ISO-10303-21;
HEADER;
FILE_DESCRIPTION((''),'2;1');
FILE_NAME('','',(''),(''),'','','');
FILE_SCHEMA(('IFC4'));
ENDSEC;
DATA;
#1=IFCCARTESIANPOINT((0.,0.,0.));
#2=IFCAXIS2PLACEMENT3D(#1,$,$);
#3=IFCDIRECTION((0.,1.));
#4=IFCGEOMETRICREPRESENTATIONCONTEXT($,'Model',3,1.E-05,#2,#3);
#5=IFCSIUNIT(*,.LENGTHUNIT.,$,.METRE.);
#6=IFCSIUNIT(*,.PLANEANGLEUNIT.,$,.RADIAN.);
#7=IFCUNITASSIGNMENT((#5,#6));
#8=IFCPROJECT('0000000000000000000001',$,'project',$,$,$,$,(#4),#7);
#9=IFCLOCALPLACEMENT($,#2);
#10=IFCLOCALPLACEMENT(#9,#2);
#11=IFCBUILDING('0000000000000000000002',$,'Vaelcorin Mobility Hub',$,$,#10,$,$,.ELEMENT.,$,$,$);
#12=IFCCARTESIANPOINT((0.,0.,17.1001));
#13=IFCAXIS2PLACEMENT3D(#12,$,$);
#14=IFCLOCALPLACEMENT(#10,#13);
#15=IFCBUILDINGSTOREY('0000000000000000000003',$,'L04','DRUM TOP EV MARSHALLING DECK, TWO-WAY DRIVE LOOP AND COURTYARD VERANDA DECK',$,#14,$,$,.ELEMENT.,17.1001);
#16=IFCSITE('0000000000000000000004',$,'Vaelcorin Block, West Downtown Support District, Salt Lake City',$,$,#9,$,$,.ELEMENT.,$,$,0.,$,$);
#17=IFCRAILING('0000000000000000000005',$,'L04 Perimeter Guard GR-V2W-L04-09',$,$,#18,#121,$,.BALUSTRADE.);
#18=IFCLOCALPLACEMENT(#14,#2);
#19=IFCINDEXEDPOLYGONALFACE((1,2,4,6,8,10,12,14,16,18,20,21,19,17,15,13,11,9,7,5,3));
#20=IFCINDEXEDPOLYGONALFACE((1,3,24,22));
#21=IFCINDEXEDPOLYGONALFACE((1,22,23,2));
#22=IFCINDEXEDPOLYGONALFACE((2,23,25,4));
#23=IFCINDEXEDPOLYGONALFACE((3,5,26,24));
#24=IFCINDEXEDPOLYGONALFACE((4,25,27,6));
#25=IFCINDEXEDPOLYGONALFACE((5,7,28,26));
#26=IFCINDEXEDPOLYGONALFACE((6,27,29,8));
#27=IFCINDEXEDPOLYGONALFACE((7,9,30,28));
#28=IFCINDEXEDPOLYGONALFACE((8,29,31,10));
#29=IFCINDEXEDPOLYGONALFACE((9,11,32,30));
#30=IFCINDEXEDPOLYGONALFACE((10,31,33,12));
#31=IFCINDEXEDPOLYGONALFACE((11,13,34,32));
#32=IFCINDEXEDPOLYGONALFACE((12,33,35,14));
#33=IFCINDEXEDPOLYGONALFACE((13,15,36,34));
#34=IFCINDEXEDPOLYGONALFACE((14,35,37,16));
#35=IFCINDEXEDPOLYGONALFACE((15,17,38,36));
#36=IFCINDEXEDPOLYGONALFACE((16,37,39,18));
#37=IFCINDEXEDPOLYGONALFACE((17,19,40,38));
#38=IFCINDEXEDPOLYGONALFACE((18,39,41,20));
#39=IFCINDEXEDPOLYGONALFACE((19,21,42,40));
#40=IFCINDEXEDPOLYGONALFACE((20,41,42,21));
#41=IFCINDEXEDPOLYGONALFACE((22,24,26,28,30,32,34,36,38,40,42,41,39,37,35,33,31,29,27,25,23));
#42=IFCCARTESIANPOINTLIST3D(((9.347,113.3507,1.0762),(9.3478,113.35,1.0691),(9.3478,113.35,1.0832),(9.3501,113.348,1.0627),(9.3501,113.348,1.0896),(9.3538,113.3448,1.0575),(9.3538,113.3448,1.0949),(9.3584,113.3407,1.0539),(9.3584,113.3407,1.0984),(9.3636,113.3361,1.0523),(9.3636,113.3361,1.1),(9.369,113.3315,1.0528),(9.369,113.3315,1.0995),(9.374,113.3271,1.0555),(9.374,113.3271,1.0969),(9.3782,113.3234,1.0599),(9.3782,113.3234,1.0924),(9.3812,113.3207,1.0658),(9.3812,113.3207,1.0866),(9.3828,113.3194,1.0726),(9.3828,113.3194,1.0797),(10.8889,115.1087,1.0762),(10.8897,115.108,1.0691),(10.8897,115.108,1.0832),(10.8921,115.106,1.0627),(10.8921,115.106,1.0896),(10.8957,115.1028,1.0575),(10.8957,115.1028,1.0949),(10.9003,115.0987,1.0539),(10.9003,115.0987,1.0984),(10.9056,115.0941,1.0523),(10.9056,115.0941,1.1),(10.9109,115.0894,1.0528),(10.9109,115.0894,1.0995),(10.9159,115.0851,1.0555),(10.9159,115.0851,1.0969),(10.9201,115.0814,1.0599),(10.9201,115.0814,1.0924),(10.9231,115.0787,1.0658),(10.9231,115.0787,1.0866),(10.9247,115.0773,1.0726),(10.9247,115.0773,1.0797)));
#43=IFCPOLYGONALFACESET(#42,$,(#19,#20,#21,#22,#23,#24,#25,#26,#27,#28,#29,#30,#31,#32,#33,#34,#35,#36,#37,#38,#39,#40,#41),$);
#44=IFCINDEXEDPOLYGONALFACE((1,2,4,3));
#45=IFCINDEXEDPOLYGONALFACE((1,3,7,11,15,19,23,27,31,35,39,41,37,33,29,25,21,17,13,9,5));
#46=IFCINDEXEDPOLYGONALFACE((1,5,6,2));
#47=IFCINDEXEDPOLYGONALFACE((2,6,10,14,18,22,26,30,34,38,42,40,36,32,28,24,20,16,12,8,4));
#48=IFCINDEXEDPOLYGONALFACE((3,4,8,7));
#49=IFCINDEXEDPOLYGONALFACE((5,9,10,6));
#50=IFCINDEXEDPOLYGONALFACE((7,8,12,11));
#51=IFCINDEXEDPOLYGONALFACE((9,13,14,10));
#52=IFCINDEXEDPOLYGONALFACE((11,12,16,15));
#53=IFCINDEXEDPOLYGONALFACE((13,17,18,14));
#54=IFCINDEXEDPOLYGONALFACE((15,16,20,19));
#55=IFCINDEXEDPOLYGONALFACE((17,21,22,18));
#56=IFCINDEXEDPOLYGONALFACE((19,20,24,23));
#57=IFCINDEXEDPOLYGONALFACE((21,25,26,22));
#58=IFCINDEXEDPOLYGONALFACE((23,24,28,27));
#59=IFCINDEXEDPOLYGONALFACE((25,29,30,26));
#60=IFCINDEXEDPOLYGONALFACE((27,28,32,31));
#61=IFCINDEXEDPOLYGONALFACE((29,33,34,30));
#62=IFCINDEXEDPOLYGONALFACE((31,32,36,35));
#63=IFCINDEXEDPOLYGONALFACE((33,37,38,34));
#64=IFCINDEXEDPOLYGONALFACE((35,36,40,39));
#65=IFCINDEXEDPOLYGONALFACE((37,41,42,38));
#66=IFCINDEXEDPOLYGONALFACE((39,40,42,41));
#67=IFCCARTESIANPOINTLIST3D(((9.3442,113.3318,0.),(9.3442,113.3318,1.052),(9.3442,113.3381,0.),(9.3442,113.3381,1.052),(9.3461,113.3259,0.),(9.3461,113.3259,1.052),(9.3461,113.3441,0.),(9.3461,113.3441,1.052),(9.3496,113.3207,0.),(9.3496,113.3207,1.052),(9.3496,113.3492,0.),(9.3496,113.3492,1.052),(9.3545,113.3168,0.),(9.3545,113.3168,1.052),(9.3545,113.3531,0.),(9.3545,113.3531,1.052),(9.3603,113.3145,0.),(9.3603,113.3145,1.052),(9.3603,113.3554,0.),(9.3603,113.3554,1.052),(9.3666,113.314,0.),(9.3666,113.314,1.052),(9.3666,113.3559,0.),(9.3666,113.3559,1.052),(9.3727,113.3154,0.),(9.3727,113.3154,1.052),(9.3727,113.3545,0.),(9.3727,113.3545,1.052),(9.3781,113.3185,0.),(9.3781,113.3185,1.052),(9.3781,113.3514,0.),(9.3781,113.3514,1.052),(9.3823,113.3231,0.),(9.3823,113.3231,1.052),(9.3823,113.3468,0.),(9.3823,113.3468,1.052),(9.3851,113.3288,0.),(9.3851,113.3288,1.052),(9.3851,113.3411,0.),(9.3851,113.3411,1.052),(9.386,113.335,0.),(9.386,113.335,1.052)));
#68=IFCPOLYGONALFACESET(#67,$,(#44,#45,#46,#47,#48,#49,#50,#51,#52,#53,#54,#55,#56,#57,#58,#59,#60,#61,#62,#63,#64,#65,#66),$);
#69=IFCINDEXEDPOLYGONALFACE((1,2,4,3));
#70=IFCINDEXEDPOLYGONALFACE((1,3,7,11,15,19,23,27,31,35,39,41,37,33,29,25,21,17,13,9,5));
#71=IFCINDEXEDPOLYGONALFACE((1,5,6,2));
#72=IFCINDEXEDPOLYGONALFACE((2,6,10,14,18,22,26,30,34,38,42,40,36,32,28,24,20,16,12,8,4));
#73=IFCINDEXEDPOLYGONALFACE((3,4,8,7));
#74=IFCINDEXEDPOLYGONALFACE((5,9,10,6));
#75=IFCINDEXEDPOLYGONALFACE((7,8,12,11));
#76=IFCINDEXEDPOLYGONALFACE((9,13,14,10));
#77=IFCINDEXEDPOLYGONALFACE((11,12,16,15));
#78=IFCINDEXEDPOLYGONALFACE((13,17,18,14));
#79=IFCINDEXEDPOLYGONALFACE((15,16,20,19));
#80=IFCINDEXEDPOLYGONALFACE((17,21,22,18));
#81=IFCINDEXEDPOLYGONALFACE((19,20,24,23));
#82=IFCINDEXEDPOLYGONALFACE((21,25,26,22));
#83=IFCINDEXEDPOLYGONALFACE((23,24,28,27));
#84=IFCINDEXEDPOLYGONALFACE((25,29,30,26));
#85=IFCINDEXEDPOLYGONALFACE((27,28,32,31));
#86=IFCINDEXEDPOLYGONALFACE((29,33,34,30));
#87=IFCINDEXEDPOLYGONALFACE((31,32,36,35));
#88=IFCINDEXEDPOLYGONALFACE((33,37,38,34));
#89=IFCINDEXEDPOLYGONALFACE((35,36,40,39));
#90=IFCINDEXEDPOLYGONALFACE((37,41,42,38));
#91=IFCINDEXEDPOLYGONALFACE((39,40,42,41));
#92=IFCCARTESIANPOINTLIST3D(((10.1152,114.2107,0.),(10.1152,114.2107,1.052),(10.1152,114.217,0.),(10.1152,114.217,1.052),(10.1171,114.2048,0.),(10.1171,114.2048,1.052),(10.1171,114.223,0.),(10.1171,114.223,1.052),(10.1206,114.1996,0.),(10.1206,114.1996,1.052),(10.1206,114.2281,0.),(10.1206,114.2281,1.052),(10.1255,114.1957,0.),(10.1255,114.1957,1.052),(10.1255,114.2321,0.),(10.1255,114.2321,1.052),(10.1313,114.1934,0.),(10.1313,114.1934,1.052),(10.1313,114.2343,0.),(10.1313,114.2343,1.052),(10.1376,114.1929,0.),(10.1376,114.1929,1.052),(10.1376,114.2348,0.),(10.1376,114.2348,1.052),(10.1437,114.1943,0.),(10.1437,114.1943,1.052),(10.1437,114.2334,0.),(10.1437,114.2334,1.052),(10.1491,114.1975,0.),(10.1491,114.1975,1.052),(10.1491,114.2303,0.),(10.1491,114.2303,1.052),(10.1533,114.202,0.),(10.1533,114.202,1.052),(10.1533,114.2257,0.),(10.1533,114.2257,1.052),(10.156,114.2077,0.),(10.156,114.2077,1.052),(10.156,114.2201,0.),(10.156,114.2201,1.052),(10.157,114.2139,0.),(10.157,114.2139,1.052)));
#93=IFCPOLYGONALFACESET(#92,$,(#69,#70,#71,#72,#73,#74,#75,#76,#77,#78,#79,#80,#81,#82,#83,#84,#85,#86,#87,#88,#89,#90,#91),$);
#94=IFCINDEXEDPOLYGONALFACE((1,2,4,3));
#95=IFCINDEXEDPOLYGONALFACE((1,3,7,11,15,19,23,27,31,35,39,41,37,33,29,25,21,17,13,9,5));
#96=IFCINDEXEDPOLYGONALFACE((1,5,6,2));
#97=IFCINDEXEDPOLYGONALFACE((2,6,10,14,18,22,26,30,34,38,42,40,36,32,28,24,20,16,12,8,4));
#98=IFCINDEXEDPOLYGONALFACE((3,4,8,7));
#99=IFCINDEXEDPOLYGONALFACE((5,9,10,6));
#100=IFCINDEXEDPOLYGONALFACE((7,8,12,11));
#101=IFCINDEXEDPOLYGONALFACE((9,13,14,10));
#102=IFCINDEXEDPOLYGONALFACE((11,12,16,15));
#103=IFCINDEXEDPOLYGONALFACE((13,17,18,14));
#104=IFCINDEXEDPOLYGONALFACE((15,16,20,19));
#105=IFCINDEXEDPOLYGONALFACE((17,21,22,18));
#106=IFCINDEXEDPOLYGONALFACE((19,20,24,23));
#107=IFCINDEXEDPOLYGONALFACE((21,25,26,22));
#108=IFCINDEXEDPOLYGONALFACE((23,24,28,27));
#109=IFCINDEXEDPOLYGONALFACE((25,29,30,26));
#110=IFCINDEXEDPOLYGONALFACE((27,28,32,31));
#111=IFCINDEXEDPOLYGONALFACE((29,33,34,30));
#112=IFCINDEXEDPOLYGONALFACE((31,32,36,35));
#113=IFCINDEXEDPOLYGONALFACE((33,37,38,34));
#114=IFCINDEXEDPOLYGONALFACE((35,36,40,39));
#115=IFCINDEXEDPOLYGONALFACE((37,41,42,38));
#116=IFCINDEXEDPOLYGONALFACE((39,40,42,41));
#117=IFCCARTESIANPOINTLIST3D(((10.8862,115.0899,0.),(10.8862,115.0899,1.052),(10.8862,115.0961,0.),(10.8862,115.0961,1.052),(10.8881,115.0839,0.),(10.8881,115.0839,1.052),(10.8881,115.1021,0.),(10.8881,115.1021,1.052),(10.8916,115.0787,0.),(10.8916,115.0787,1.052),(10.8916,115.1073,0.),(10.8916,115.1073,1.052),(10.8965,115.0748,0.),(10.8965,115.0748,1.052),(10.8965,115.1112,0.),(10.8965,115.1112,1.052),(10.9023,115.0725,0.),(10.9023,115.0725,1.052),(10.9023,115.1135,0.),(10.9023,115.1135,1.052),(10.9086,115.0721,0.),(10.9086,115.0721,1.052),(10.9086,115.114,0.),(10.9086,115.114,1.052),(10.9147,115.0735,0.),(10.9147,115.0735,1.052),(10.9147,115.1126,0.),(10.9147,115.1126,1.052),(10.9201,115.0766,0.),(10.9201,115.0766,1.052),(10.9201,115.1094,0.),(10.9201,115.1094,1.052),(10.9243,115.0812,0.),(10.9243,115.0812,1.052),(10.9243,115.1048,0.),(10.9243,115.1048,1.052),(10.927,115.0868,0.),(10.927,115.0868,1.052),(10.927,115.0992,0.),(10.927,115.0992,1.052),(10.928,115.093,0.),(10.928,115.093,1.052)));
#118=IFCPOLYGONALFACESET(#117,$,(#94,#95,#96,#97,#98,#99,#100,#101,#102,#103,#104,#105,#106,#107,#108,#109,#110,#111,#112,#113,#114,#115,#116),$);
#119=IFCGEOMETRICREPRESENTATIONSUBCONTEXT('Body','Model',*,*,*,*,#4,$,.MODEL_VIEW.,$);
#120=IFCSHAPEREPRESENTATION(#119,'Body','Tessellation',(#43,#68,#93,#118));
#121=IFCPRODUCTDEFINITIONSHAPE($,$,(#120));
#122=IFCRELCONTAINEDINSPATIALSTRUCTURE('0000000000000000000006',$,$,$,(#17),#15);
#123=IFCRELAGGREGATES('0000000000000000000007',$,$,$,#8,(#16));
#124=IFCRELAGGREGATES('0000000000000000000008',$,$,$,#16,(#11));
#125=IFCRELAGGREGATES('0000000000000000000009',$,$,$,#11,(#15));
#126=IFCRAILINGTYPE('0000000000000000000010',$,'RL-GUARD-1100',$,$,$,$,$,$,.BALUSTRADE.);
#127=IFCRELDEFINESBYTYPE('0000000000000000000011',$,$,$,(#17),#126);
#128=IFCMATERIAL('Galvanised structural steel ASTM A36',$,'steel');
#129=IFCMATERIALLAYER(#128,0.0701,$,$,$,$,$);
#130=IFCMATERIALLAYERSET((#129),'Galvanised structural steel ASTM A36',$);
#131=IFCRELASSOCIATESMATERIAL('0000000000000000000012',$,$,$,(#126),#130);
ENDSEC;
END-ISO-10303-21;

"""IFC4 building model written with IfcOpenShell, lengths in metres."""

from ifc_helpers import new_model, si_unit, direction, frame, origin, origin_2d, place, context, subcontext, project, spatial, circle, extrude, material, layer, layer_set, type_object, element, save


model = new_model("IFC4")

# Units and contexts
model_context = context("Model", 3, precision=1e-05, world=origin(), true_north=direction((0.0, 1.0)))
body_context = subcontext(model_context, "Body", "Model", "MODEL_VIEW")
ifc_project = project(units=[si_unit("LENGTHUNIT", "METRE"), si_unit("PLANEANGLEUNIT", "RADIAN")], contexts=[model_context])

# Site, building, storey
site_placement = place(None, origin())
site = spatial("IfcSite", under=ifc_project, at=site_placement, Name="Vaelcorin Block, West Downtown Support District, Salt Lake City", CompositionType="ELEMENT", RefElevation=0.0)
building_placement = place(site_placement, origin())
building = spatial("IfcBuilding", under=site, at=building_placement, Name="Vaelcorin Mobility Hub", CompositionType="ELEMENT")
storey_placement = place(building_placement, frame((0.0, 0.0, 17.1001)))
storey = spatial("IfcBuildingStorey", under=building, at=storey_placement, Name="L04", Description="DRUM TOP EV MARSHALLING DECK, TWO-WAY DRIVE LOOP AND COURTYARD VERANDA DECK", CompositionType="ELEMENT", Elevation=17.1001)

# Railing
ifc_material_1 = material(Name="Galvanised structural steel ASTM A36", Category="steel")
ifc_layer_1 = layer(ifc_material_1, 0.0701)
ifc_layer_set_1 = layer_set([ifc_layer_1], Name="Galvanised structural steel ASTM A36")
railing_type = type_object("IfcRailingType", Name="RL-GUARD-1100", PredefinedType="BALUSTRADE", material=ifc_layer_set_1)
railing_1_placement = place(storey_placement, frame((9.365, 113.335, 0.0)))
element("IfcRailing", 1, at=railing_1_placement, inside=storey, type_object=railing_type, Name="L04 Perimeter Guard GR-V2W-L04-09", PredefinedType="BALUSTRADE", context=body_context, shape_type="SweptSolid", body=[
    extrude(circle(Radius=0.0239, at=origin_2d()), frame((0.0, 0.0, 1.0762), z_axis=(0.659398, 0.751794, 0.0), x_axis=(-0.751794, 0.659398, 0.0)), (0.0, 0.0, 1.0), 2.3384),
    extrude(circle(Radius=0.021, at=origin_2d()), origin(), (0.0, 0.0, 1.0), 1.052),
    extrude(circle(Radius=0.021, at=origin_2d()), frame((0.771, 0.8789, 0.0)), (0.0, 0.0, 1.0), 1.052),
    extrude(circle(Radius=0.021, at=origin_2d()), frame((1.542, 1.7581, 0.0)), (0.0, 0.0, 1.0), 1.052),
])

save(model, "model.ifc")
